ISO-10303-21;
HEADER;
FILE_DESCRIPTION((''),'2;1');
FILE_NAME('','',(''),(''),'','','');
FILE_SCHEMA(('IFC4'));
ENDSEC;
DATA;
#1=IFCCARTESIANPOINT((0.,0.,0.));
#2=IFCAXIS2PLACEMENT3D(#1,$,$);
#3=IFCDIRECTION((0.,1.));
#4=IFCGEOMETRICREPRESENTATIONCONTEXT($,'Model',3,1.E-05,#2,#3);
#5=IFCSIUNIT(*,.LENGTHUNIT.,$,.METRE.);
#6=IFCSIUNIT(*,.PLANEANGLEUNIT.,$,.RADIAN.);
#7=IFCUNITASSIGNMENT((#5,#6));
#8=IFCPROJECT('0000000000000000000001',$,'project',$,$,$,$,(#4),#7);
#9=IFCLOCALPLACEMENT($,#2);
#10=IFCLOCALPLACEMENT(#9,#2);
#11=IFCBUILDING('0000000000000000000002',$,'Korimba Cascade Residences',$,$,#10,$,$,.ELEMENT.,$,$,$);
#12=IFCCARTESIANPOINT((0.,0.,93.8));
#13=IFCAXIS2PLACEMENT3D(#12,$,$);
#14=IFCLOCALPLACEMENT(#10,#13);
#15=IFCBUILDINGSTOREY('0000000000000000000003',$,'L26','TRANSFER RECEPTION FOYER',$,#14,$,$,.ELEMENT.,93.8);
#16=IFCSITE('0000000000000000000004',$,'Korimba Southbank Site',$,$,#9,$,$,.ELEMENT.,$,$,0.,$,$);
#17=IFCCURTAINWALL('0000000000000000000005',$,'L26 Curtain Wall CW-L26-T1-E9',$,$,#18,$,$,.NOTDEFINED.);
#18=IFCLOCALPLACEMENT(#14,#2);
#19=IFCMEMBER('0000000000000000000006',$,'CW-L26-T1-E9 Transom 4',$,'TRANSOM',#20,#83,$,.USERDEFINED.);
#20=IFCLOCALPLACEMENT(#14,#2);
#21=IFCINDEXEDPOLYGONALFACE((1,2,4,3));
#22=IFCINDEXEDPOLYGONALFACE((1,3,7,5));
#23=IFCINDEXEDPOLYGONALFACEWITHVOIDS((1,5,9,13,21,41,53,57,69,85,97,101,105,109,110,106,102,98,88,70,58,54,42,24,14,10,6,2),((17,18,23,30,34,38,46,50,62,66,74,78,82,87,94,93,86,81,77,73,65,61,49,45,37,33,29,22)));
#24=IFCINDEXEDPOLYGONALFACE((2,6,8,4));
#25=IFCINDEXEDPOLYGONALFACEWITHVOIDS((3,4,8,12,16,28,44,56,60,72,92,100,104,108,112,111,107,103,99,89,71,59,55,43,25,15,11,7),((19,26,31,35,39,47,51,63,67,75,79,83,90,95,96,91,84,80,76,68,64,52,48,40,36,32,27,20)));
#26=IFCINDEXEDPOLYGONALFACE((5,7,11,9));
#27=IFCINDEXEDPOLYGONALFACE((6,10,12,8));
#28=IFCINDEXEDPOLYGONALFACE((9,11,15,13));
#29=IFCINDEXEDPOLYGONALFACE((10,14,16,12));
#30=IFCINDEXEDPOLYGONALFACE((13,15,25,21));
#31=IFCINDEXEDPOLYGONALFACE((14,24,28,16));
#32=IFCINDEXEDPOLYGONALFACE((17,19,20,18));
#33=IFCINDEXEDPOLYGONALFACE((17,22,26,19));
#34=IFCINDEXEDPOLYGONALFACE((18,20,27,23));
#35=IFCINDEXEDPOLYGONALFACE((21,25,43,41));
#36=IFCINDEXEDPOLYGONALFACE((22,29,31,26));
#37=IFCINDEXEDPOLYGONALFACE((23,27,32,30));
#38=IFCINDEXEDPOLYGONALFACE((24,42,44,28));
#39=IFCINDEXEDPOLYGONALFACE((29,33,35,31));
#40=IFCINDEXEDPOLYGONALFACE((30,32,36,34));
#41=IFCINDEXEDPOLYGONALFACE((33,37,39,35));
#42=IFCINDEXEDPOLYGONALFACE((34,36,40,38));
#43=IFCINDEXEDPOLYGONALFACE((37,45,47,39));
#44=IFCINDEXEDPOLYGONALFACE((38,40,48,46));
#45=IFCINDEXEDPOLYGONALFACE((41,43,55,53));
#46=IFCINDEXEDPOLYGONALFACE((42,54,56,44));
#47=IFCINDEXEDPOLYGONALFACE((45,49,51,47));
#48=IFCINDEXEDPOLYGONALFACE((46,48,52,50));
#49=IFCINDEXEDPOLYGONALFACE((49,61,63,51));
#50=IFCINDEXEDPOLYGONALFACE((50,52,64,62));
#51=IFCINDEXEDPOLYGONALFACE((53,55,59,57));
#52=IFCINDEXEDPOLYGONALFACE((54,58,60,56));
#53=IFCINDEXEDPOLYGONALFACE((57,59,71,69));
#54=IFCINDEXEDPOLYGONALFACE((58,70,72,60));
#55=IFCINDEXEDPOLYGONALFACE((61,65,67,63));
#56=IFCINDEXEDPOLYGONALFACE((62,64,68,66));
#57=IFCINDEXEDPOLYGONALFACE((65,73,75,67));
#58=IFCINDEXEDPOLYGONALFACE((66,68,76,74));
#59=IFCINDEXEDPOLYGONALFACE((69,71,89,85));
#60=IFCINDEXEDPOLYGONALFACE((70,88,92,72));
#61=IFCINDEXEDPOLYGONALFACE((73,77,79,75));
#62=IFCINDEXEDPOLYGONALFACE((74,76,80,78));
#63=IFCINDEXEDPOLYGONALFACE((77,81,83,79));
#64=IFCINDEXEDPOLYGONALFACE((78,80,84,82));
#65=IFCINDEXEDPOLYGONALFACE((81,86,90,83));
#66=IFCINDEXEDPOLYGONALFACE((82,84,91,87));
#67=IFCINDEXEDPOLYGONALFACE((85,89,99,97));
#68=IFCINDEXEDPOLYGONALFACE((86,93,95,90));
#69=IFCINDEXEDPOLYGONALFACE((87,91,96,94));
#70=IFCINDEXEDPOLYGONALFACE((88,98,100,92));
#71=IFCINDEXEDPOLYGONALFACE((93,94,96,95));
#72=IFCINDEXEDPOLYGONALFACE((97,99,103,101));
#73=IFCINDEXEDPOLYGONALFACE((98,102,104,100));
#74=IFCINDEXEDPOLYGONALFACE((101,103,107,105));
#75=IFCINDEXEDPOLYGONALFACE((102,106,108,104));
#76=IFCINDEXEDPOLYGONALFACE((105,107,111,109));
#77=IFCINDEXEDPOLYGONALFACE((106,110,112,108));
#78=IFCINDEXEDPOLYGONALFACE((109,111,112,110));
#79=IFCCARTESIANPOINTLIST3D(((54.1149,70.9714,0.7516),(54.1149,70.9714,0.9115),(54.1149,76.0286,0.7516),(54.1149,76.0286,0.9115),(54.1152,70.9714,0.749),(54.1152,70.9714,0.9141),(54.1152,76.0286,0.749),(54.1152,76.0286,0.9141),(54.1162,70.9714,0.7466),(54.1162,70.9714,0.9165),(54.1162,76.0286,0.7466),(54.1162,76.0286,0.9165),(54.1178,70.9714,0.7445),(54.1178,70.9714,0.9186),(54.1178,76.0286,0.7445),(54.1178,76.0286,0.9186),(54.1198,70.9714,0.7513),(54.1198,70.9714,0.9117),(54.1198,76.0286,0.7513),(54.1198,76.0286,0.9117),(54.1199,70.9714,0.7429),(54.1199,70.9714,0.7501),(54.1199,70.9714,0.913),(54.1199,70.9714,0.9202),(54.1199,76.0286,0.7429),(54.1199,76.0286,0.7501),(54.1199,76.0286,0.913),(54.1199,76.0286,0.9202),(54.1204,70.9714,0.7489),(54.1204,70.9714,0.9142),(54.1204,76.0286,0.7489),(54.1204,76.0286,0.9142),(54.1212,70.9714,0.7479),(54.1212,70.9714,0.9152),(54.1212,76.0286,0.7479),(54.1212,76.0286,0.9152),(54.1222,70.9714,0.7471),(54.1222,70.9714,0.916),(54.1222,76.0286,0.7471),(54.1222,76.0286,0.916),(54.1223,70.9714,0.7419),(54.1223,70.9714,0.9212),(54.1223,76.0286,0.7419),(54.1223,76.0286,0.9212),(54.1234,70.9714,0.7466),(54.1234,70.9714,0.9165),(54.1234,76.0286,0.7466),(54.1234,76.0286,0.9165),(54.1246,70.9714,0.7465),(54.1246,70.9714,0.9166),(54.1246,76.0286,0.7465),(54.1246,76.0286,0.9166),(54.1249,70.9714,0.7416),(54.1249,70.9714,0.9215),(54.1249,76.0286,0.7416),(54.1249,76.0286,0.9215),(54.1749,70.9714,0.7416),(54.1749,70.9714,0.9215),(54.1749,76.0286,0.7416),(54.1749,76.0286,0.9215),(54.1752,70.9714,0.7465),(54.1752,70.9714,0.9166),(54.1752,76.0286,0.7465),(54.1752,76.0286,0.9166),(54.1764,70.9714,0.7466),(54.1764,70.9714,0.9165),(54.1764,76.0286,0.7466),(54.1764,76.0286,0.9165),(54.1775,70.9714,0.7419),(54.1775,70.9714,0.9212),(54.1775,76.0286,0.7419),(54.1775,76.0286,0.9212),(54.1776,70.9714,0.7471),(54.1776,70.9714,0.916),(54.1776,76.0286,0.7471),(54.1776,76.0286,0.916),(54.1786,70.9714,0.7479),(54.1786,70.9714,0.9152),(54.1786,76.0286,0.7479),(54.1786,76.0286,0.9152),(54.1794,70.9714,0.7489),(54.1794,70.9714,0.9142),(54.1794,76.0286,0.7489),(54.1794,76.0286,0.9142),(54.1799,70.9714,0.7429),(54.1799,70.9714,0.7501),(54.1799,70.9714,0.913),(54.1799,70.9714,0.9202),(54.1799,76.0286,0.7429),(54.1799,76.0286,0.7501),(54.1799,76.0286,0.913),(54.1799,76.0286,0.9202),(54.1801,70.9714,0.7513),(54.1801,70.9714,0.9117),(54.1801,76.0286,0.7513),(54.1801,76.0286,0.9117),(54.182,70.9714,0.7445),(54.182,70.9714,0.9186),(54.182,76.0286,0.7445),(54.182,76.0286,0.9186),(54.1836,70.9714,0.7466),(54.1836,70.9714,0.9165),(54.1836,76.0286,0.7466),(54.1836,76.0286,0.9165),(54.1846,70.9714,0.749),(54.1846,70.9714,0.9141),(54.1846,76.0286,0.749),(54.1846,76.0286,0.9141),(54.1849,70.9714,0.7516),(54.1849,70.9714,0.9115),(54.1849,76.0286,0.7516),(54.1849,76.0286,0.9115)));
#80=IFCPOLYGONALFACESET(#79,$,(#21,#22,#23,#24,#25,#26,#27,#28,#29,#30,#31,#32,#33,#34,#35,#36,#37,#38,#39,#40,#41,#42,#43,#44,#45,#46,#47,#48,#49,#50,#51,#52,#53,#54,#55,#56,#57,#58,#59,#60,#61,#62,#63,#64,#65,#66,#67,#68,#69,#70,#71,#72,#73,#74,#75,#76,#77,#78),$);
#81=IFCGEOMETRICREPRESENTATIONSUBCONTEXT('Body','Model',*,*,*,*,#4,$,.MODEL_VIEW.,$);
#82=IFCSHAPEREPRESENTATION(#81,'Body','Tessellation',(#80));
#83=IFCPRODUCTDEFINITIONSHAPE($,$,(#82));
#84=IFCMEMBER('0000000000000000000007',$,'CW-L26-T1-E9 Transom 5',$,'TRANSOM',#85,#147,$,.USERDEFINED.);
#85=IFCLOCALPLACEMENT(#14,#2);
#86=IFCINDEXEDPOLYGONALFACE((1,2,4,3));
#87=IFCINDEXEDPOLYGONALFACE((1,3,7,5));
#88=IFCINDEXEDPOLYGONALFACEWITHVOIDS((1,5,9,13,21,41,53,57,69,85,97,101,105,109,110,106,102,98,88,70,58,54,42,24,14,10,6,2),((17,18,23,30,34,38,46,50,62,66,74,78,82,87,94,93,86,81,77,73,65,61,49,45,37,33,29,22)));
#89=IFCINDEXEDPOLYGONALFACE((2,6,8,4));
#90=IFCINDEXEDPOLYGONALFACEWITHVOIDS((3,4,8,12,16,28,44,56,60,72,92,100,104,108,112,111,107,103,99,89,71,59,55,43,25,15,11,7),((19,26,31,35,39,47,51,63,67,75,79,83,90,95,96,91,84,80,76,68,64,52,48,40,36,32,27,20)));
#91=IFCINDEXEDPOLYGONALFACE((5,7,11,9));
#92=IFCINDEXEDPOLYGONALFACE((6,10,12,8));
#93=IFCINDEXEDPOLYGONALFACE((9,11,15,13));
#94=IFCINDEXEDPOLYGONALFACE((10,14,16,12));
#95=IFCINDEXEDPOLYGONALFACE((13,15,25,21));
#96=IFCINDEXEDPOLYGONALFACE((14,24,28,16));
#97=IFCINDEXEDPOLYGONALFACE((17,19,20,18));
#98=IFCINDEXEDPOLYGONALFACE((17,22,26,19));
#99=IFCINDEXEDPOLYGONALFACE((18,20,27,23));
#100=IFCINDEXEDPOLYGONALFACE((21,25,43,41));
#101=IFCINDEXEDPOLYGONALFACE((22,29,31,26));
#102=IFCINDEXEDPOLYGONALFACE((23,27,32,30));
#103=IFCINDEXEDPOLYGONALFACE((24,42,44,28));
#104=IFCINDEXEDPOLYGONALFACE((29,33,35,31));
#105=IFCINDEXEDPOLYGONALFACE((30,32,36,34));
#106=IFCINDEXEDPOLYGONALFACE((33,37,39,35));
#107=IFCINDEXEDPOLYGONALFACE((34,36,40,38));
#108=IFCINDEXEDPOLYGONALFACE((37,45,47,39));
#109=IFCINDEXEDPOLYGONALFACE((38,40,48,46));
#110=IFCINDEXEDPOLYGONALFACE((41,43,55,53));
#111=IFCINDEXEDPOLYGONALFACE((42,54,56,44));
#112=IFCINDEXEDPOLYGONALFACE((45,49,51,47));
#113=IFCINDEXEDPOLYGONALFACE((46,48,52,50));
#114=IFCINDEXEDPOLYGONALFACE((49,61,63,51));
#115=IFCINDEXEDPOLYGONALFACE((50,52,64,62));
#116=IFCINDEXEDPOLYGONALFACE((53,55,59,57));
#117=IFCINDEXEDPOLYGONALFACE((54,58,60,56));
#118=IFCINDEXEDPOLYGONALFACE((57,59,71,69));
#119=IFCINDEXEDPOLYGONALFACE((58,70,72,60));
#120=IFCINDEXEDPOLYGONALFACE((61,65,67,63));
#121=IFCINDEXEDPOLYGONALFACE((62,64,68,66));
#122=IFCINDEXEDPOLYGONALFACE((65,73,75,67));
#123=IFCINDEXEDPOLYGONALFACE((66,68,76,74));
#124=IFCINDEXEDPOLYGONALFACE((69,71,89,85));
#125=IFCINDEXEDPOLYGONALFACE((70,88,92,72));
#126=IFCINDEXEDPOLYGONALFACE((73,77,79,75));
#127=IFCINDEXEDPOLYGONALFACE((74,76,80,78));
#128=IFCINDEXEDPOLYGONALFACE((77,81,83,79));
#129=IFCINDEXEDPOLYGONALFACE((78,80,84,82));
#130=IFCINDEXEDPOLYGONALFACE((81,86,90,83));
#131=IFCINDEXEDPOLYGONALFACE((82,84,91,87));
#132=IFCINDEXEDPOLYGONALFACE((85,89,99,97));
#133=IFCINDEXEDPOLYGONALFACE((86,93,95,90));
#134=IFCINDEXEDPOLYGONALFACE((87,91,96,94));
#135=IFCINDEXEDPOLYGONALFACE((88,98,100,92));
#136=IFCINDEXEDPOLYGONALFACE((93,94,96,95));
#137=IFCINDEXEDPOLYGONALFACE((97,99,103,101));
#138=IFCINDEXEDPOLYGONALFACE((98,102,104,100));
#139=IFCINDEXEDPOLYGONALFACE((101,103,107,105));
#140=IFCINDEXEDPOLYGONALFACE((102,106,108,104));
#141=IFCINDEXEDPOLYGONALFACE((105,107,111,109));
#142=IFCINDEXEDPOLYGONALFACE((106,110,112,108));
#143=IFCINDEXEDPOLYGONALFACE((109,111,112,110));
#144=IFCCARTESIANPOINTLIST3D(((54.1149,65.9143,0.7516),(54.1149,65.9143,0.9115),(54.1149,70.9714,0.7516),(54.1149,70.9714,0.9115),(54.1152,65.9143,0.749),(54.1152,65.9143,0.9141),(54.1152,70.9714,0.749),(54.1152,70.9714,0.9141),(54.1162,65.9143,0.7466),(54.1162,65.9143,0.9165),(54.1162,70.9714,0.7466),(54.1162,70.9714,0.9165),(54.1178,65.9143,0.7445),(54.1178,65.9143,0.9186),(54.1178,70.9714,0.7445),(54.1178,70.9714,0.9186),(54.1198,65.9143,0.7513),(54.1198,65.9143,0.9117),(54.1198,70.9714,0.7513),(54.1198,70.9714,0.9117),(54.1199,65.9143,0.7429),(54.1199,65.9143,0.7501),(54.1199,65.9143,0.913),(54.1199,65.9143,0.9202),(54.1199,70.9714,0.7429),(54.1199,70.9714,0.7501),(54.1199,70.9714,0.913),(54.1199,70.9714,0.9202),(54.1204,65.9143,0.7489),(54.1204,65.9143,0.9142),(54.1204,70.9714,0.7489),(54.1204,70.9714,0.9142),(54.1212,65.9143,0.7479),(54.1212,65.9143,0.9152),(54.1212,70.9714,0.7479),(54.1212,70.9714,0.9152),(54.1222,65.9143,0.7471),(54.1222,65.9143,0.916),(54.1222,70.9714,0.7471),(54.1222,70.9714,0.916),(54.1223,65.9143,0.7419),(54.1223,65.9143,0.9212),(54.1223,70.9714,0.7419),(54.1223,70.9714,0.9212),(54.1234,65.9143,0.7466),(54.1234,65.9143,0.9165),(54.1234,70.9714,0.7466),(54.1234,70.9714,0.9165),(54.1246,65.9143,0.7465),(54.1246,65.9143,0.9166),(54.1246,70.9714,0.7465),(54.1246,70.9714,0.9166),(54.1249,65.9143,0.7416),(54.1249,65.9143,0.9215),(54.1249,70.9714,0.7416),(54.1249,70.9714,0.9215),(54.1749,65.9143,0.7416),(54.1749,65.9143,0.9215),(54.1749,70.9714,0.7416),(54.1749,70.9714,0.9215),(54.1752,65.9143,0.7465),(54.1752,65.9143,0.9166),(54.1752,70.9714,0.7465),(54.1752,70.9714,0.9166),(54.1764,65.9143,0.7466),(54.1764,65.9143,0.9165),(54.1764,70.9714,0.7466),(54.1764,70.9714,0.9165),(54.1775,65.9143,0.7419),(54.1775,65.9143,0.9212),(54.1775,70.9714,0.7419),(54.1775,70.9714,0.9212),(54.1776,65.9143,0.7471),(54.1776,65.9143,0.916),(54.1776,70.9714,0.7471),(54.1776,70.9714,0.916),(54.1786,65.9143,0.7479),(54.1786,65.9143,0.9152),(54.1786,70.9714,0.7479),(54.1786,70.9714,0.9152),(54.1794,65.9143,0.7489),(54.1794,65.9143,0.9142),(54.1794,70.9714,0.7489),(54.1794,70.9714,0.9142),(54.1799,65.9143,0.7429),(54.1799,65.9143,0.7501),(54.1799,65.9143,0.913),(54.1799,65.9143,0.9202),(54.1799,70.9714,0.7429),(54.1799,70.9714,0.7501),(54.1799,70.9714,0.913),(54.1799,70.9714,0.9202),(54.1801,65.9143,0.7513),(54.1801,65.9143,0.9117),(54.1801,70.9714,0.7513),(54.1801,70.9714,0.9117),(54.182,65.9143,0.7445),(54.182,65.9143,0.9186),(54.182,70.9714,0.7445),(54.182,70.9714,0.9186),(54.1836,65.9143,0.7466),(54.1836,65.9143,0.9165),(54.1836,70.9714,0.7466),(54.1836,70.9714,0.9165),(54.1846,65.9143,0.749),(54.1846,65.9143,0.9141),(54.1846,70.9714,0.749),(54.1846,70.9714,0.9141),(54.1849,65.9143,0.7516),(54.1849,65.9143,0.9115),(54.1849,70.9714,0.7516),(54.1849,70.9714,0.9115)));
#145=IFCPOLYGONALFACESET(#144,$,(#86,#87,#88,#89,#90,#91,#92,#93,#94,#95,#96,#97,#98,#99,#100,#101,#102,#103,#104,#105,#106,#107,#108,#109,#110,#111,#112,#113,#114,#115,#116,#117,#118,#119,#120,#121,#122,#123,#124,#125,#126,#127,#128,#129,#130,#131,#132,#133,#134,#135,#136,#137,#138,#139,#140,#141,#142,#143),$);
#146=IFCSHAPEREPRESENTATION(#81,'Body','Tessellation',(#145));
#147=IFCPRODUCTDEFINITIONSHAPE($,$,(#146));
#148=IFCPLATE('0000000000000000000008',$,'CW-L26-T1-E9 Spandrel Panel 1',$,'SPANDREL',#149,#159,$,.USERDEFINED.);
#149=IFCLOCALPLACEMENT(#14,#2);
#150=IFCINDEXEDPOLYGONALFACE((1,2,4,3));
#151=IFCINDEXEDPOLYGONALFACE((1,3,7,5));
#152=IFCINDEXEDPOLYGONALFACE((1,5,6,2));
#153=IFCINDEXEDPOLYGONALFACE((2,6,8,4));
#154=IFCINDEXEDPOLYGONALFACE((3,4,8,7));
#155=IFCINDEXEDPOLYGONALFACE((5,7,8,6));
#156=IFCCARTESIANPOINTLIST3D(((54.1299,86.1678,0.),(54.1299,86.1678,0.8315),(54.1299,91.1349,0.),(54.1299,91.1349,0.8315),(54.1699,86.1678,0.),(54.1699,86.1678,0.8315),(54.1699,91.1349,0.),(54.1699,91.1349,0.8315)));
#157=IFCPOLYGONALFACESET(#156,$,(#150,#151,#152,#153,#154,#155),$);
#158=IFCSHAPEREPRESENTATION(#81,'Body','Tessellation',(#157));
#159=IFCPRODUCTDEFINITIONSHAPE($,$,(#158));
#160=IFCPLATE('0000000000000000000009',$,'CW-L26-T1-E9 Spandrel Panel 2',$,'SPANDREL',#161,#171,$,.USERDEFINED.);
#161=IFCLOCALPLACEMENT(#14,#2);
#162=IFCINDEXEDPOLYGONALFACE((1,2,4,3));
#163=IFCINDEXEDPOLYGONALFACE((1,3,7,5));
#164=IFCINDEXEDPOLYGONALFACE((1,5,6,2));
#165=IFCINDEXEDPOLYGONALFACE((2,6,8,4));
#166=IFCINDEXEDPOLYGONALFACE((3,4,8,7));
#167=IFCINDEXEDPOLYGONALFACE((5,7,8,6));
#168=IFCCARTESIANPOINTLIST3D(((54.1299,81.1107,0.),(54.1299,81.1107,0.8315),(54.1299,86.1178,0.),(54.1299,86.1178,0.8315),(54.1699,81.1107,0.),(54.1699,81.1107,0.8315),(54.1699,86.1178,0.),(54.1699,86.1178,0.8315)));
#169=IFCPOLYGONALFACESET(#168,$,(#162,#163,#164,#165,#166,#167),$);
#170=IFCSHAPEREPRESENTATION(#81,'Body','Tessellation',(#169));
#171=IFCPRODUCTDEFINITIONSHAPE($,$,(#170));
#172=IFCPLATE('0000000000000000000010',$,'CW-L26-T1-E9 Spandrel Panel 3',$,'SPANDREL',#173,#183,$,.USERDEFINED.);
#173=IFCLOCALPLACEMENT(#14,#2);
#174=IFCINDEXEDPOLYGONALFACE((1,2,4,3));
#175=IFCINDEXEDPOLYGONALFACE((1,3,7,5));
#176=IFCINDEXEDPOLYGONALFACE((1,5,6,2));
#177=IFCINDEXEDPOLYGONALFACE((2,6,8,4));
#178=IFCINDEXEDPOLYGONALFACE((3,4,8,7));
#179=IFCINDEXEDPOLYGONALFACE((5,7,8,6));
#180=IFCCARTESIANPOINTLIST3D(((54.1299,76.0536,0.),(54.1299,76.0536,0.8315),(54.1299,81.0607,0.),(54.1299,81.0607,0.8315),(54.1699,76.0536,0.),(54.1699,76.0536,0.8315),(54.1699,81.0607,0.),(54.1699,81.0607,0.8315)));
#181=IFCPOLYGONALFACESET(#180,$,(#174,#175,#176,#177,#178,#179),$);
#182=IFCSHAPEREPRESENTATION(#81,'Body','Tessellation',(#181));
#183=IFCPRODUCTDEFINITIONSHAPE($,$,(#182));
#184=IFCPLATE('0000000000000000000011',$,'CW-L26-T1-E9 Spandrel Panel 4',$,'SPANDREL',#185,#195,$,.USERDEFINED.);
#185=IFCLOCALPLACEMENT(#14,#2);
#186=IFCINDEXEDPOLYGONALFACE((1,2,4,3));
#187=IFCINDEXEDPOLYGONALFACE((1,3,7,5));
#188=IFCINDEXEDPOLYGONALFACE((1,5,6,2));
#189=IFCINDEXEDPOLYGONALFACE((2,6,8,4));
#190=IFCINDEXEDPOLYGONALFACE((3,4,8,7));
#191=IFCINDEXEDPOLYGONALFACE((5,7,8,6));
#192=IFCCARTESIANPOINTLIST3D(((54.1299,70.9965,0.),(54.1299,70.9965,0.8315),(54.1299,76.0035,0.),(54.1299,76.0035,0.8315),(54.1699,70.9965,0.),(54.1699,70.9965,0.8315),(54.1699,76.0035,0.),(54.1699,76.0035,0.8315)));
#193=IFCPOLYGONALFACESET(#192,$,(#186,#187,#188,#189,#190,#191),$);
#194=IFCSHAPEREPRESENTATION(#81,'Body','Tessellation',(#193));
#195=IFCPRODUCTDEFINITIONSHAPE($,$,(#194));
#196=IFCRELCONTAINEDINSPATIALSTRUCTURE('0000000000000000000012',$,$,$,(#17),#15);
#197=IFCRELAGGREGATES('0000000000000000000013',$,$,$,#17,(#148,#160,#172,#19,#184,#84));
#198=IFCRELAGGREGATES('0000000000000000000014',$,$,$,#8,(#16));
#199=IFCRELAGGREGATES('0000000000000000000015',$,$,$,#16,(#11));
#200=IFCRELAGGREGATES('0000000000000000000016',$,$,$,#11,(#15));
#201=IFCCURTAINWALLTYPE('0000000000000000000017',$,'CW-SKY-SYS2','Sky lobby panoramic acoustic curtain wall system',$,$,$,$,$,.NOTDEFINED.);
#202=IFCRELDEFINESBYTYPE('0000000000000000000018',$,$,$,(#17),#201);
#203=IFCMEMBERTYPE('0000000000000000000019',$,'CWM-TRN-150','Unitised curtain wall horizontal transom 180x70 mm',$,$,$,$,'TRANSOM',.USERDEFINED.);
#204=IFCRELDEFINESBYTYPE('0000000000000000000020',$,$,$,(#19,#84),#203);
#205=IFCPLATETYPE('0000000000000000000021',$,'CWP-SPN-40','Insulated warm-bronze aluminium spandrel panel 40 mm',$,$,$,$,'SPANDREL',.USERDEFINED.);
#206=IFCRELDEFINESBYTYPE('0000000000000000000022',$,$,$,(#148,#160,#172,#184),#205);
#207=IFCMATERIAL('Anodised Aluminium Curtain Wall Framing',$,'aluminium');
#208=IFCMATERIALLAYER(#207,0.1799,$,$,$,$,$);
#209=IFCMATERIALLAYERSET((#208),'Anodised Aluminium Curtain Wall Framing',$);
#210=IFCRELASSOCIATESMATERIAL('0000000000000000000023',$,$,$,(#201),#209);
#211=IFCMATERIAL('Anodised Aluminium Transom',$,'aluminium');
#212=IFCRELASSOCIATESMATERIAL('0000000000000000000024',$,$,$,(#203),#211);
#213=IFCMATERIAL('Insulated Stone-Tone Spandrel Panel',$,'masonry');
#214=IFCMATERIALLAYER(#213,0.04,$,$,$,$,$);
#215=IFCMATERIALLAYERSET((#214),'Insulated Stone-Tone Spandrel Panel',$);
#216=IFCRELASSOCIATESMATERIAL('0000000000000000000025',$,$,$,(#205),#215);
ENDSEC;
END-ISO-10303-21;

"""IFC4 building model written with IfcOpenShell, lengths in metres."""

from ifc_helpers import new_model, si_unit, direction, frame, origin, origin_2d, place, context, subcontext, project, spatial, rectangle, hollow_rectangle, extrude, material, layer, layer_set, material_profile, profile_set, type_object, element, aggregate, save


model = new_model("IFC4")

# Units and contexts
model_context = context("Model", 3, precision=1e-05, world=origin(), true_north=direction((0.0, 1.0)))
body_context = subcontext(model_context, "Body", "Model", "MODEL_VIEW")
ifc_project = project(units=[si_unit("LENGTHUNIT", "METRE"), si_unit("PLANEANGLEUNIT", "RADIAN")], contexts=[model_context])

# Site, building, storey
site_placement = place(None, origin())
site = spatial("IfcSite", under=ifc_project, at=site_placement, Name="Korimba Southbank Site", CompositionType="ELEMENT", RefElevation=0.0)
building_placement = place(site_placement, origin())
building = spatial("IfcBuilding", under=site, at=building_placement, Name="Korimba Cascade Residences", CompositionType="ELEMENT")
storey_placement = place(building_placement, frame((0.0, 0.0, 93.8)))
storey = spatial("IfcBuildingStorey", under=building, at=storey_placement, Name="L26", Description="TRANSFER RECEPTION FOYER", CompositionType="ELEMENT", Elevation=93.8)

# Curtain wall, members, plates
ifc_material_1 = material(Name="Anodised Aluminium Curtain Wall Framing", Category="aluminium")
ifc_layer_1 = layer(ifc_material_1, 0.1799)
ifc_layer_set_1 = layer_set([ifc_layer_1], Name="Anodised Aluminium Curtain Wall Framing")
curtain_wall_type = type_object("IfcCurtainWallType", Name="CW-SKY-SYS2", Description="Sky lobby panoramic acoustic curtain wall system", PredefinedType="NOTDEFINED", material=ifc_layer_set_1)
curtain_wall_placement = place(storey_placement, origin())
curtain_wall = element("IfcCurtainWall", 1, at=curtain_wall_placement, inside=storey, type_object=curtain_wall_type, Name="L26 Curtain Wall CW-L26-T1-E9", PredefinedType="NOTDEFINED")
ifc_material_2 = material(Name="Anodised Aluminium Transom", Category="aluminium")
ifc_material_profile_1 = material_profile(ifc_material_2, hollow_rectangle(XDim=0.0701, YDim=0.1799, WallThickness=0.0049, InnerFilletRadius=0.0049, OuterFilletRadius=0.01, at=origin_2d()), Name="Anodised Aluminium Transom")
ifc_profile_set_1 = profile_set([ifc_material_profile_1], Name="Anodised Aluminium Transom")
member_type_1 = type_object("IfcMemberType", Name="CWM-TRN-150", Description="Unitised curtain wall horizontal transom 180x70 mm", ElementType="TRANSOM", PredefinedType="USERDEFINED", material=ifc_profile_set_1)
member_1_placement = place(storey_placement, frame((54.1499, 76.0286, 0.8315), z_axis=(0.0, -1.0, 0.0), x_axis=(1.0, 0.0, 0.0)))
member_1 = element("IfcMember", 2, at=member_1_placement, type_object=member_type_1, Name="CW-L26-T1-E9 Transom 4", ObjectType="TRANSOM", PredefinedType="USERDEFINED", context=body_context, shape_type="SweptSolid", body=[
    extrude(hollow_rectangle(XDim=0.0701, YDim=0.1799, WallThickness=0.0049, InnerFilletRadius=0.0049, OuterFilletRadius=0.01, at=origin_2d()), origin(), (0.0, 0.0, 1.0), 5.0571),
])
member_2_placement = place(storey_placement, frame((54.1499, 70.9714, 0.8315), z_axis=(0.0, -1.0, 0.0), x_axis=(1.0, 0.0, 0.0)))
member_2 = element("IfcMember", 3, at=member_2_placement, type_object=member_type_1, Name="CW-L26-T1-E9 Transom 5", ObjectType="TRANSOM", PredefinedType="USERDEFINED", context=body_context, shape_type="SweptSolid", body=[
    extrude(hollow_rectangle(XDim=0.0701, YDim=0.1799, WallThickness=0.0049, InnerFilletRadius=0.0049, OuterFilletRadius=0.01, at=origin_2d()), origin(), (0.0, 0.0, 1.0), 5.0571),
])
ifc_material_3 = material(Name="Insulated Stone-Tone Spandrel Panel", Category="masonry")
ifc_layer_2 = layer(ifc_material_3, 0.04)
ifc_layer_set_2 = layer_set([ifc_layer_2], Name="Insulated Stone-Tone Spandrel Panel")
plate_type_1 = type_object("IfcPlateType", Name="CWP-SPN-40", Description="Insulated warm-bronze aluminium spandrel panel 40 mm", ElementType="SPANDREL", PredefinedType="USERDEFINED", material=ifc_layer_set_2)
plate_1_placement = place(storey_placement, frame((54.1499, 88.6514, 0.0), z_axis=(0.0, 0.0, 1.0), x_axis=(0.0, -1.0, 0.0)))
plate_1 = element("IfcPlate", 4, at=plate_1_placement, type_object=plate_type_1, Name="CW-L26-T1-E9 Spandrel Panel 1", ObjectType="SPANDREL", PredefinedType="USERDEFINED", context=body_context, shape_type="SweptSolid", body=[
    extrude(rectangle(XDim=4.967, YDim=0.04, at=origin_2d()), origin(), (0.0, 0.0, 1.0), 0.8315),
])
plate_2_placement = place(storey_placement, frame((54.1499, 83.6143, 0.0), z_axis=(0.0, 0.0, 1.0), x_axis=(0.0, -1.0, 0.0)))
plate_2 = element("IfcPlate", 5, at=plate_2_placement, type_object=plate_type_1, Name="CW-L26-T1-E9 Spandrel Panel 2", ObjectType="SPANDREL", PredefinedType="USERDEFINED", context=body_context, shape_type="SweptSolid", body=[
    extrude(rectangle(XDim=5.0071, YDim=0.04, at=origin_2d()), origin(), (0.0, 0.0, 1.0), 0.8315),
])
plate_3_placement = place(storey_placement, frame((54.1499, 78.5571, 0.0), z_axis=(0.0, 0.0, 1.0), x_axis=(0.0, -1.0, 0.0)))
plate_3 = element("IfcPlate", 6, at=plate_3_placement, type_object=plate_type_1, Name="CW-L26-T1-E9 Spandrel Panel 3", ObjectType="SPANDREL", PredefinedType="USERDEFINED", context=body_context, shape_type="SweptSolid", body=[
    extrude(rectangle(XDim=5.0071, YDim=0.04, at=origin_2d()), origin(), (0.0, 0.0, 1.0), 0.8315),
])
plate_4_placement = place(storey_placement, frame((54.1499, 73.5, 0.0), z_axis=(0.0, 0.0, 1.0), x_axis=(0.0, -1.0, 0.0)))
plate_4 = element("IfcPlate", 7, at=plate_4_placement, type_object=plate_type_1, Name="CW-L26-T1-E9 Spandrel Panel 4", ObjectType="SPANDREL", PredefinedType="USERDEFINED", context=body_context, shape_type="SweptSolid", body=[
    extrude(rectangle(XDim=5.0071, YDim=0.04, at=origin_2d()), origin(), (0.0, 0.0, 1.0), 0.8315),
])
aggregate(curtain_wall, [plate_1, plate_2, plate_3, member_1, plate_4, member_2])

save(model, "model.ifc")
